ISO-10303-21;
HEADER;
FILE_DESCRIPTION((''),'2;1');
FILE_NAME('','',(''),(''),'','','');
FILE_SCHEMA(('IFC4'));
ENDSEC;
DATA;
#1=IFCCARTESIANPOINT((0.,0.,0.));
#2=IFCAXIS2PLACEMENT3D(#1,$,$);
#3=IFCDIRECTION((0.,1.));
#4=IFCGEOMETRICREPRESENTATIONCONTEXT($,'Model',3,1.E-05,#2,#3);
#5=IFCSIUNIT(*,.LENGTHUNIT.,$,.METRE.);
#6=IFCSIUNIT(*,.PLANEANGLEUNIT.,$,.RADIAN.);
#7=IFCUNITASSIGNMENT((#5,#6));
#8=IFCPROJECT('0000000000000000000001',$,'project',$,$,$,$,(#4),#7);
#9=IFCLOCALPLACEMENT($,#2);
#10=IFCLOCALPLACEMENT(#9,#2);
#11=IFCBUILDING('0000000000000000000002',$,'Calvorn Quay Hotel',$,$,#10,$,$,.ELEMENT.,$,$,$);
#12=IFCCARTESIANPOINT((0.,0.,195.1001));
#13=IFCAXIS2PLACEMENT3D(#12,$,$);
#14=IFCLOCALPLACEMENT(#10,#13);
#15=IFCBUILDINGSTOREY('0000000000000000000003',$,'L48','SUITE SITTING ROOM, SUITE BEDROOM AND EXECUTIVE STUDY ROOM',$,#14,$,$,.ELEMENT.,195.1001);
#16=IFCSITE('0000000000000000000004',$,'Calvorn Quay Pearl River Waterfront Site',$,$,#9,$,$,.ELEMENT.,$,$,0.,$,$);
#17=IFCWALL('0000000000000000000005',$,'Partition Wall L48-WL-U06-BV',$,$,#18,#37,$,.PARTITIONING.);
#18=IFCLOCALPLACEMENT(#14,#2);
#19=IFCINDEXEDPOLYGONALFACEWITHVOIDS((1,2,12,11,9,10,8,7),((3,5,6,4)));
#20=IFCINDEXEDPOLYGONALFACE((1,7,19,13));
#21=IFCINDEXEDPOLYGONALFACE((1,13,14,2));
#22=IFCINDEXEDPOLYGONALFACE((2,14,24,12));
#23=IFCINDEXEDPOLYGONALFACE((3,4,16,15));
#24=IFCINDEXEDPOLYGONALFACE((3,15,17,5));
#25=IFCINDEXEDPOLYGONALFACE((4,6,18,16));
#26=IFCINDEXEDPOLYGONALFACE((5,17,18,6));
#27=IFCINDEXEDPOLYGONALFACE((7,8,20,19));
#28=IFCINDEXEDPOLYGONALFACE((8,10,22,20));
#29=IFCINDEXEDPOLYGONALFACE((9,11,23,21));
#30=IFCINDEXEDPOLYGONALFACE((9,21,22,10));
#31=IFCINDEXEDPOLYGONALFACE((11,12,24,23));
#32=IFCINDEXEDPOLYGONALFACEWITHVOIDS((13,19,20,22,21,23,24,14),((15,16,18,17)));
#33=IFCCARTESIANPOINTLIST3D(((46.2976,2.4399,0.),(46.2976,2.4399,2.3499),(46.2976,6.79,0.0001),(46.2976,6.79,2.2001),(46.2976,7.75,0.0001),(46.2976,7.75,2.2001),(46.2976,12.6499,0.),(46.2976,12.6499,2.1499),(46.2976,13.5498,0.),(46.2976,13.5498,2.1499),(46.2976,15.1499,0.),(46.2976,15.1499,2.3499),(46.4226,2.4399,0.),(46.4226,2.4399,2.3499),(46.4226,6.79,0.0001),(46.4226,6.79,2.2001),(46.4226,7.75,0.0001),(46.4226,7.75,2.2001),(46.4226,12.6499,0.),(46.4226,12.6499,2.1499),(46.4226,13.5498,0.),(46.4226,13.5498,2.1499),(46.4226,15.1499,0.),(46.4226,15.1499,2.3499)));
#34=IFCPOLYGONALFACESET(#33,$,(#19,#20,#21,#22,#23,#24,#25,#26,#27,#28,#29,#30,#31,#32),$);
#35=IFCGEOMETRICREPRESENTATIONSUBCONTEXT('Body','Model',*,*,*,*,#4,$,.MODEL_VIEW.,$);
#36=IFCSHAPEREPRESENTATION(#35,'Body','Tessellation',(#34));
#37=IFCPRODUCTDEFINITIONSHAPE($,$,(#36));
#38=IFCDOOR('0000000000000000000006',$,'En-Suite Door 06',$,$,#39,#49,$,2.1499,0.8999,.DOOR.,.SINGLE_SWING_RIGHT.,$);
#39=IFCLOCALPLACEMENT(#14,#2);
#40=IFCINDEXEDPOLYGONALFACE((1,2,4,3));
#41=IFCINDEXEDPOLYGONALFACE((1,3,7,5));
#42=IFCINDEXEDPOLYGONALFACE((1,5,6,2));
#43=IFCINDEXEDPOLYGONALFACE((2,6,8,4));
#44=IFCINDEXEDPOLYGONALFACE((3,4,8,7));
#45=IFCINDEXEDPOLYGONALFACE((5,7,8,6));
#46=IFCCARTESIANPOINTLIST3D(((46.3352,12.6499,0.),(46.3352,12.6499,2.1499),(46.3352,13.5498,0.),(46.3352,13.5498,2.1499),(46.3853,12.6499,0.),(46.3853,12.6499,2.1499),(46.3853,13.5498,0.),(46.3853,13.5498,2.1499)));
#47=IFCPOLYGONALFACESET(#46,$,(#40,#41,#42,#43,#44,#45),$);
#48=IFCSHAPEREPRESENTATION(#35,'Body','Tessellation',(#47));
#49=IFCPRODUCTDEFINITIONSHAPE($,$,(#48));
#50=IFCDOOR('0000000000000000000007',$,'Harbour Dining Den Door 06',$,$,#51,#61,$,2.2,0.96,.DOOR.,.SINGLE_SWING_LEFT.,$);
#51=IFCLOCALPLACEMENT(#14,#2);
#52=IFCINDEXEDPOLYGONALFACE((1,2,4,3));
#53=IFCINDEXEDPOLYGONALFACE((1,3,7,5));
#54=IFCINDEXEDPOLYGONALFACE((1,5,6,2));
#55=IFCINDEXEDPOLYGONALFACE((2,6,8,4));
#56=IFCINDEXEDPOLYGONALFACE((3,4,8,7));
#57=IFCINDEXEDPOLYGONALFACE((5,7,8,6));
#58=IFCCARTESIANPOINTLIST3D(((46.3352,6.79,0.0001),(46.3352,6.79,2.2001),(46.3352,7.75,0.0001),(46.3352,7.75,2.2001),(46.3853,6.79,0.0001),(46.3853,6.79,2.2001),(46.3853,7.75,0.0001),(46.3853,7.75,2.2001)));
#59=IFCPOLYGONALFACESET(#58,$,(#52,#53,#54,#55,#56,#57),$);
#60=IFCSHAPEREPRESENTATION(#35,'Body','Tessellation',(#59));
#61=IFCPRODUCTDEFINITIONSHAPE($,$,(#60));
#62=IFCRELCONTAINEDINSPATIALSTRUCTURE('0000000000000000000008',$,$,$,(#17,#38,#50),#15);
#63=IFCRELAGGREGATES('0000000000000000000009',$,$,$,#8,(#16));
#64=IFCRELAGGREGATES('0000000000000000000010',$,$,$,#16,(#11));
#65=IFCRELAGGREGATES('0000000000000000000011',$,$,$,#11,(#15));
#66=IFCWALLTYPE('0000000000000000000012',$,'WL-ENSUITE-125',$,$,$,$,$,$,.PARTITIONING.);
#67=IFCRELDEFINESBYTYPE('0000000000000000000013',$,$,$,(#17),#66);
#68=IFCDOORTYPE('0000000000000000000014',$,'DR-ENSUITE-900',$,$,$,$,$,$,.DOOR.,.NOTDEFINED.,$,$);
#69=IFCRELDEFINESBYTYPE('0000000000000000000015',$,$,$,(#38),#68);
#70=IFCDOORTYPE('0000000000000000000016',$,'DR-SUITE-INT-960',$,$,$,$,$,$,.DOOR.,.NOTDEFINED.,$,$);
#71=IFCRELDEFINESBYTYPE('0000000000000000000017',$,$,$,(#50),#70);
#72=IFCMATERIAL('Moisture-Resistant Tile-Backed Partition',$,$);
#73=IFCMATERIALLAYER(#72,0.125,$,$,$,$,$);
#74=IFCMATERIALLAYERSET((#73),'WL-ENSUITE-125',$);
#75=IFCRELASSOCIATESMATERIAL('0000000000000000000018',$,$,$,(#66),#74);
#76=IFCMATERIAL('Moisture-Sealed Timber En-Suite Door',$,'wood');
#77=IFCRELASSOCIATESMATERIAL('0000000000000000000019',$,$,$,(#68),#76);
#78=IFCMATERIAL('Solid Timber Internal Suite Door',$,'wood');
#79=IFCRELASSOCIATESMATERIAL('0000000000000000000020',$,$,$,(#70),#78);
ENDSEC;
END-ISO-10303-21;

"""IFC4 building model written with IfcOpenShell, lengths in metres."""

from ifc_helpers import new_model, si_unit, direction, frame, frame_2d, origin, place, context, subcontext, project, spatial, rectangle, extrude, material, layer, layer_set, type_object, element, fill, save


model = new_model("IFC4")

# Units and contexts
model_context = context("Model", 3, precision=1e-05, world=origin(), true_north=direction((0.0, 1.0)))
body_context = subcontext(model_context, "Body", "Model", "MODEL_VIEW")
ifc_project = project(units=[si_unit("LENGTHUNIT", "METRE"), si_unit("PLANEANGLEUNIT", "RADIAN")], contexts=[model_context])

# Site, building, storey
site_placement = place(None, origin())
site = spatial("IfcSite", under=ifc_project, at=site_placement, Name="Calvorn Quay Pearl River Waterfront Site", CompositionType="ELEMENT", RefElevation=0.0)
building_placement = place(site_placement, origin())
building = spatial("IfcBuilding", under=site, at=building_placement, Name="Calvorn Quay Hotel", CompositionType="ELEMENT")
storey_placement = place(building_placement, frame((0.0, 0.0, 195.1001)))
storey = spatial("IfcBuildingStorey", under=building, at=storey_placement, Name="L48", Description="SUITE SITTING ROOM, SUITE BEDROOM AND EXECUTIVE STUDY ROOM", CompositionType="ELEMENT", Elevation=195.1001)

# Wall, openings, doors
ifc_material_1 = material(Name="Moisture-Resistant Tile-Backed Partition")
ifc_layer_1 = layer(ifc_material_1, 0.125)
ifc_layer_set_1 = layer_set([ifc_layer_1], Name="WL-ENSUITE-125")
wall_type = type_object("IfcWallType", Name="WL-ENSUITE-125", PredefinedType="PARTITIONING", material=ifc_layer_set_1)
wall_placement = place(storey_placement, frame((46.3601, 2.4399, 0.0), z_axis=(0.0, 0.0, 1.0), x_axis=(0.0, 1.0, 0.0)))
wall = element("IfcWall", 1, at=wall_placement, inside=storey, type_object=wall_type, Name="Partition Wall L48-WL-U06-BV", PredefinedType="PARTITIONING", context=body_context, shape_type="SweptSolid", body=[
    extrude(rectangle(XDim=12.71, YDim=0.125, at=frame_2d((6.355, 0.0))), origin(), (0.0, 0.0, 1.0), 2.3499),
])
opening_1_placement = place(wall_placement, frame((4.3501, 0.0, 0.0)))
opening_1 = element("IfcOpeningElement", 2, at=opening_1_placement, cuts=wall, PredefinedType="OPENING", context=body_context, shape_type="SweptSolid", body=[
    extrude(rectangle(XDim=0.96, YDim=2.2, at=frame_2d((0.48, 1.1001))), frame((0.0, 0.0725, 0.0), z_axis=(0.0, -1.0, 0.0), x_axis=(1.0, 0.0, 0.0)), (0.0, 0.0, 1.0), 0.145),
])
opening_2_placement = place(wall_placement, frame((10.21, 0.0, 0.0)))
opening_2 = element("IfcOpeningElement", 3, at=opening_2_placement, cuts=wall, PredefinedType="OPENING", context=body_context, shape_type="SweptSolid", body=[
    extrude(rectangle(XDim=0.8999, YDim=2.1499, at=frame_2d((0.45, 1.075))), frame((0.0, 0.0725, 0.0), z_axis=(0.0, -1.0, 0.0), x_axis=(1.0, 0.0, 0.0)), (0.0, 0.0, 1.0), 0.145),
])
ifc_material_2 = material(Name="Moisture-Sealed Timber En-Suite Door", Category="wood")
door_type_1 = type_object("IfcDoorType", Name="DR-ENSUITE-900", OperationType="NOTDEFINED", PredefinedType="DOOR", material=ifc_material_2)
door_1_placement = place(opening_2_placement, origin())
door_1 = element("IfcDoor", 4, at=door_1_placement, inside=storey, type_object=door_type_1, Name="En-Suite Door 06", OperationType="SINGLE_SWING_RIGHT", OverallHeight=2.1499, OverallWidth=0.8999, PredefinedType="DOOR", context=body_context, shape_type="SweptSolid", body=[
    extrude(rectangle(XDim=0.8999, YDim=2.1499, at=frame_2d((0.45, 1.075))), frame((0.0, 0.0249, 0.0), z_axis=(0.0, -1.0, 0.0), x_axis=(1.0, 0.0, 0.0)), (0.0, 0.0, 1.0), 0.05),
])
fill(opening_2, door_1)
ifc_material_3 = material(Name="Solid Timber Internal Suite Door", Category="wood")
door_type_2 = type_object("IfcDoorType", Name="DR-SUITE-INT-960", OperationType="NOTDEFINED", PredefinedType="DOOR", material=ifc_material_3)
door_2_placement = place(opening_1_placement, origin())
door_2 = element("IfcDoor", 5, at=door_2_placement, inside=storey, type_object=door_type_2, Name="Harbour Dining Den Door 06", OperationType="SINGLE_SWING_LEFT", OverallHeight=2.2, OverallWidth=0.96, PredefinedType="DOOR", context=body_context, shape_type="SweptSolid", body=[
    extrude(rectangle(XDim=0.96, YDim=2.2, at=frame_2d((0.48, 1.1001))), frame((0.0, 0.0249, 0.0), z_axis=(0.0, -1.0, 0.0), x_axis=(1.0, 0.0, 0.0)), (0.0, 0.0, 1.0), 0.05),
])
fill(opening_1, door_2)

save(model, "model.ifc")
